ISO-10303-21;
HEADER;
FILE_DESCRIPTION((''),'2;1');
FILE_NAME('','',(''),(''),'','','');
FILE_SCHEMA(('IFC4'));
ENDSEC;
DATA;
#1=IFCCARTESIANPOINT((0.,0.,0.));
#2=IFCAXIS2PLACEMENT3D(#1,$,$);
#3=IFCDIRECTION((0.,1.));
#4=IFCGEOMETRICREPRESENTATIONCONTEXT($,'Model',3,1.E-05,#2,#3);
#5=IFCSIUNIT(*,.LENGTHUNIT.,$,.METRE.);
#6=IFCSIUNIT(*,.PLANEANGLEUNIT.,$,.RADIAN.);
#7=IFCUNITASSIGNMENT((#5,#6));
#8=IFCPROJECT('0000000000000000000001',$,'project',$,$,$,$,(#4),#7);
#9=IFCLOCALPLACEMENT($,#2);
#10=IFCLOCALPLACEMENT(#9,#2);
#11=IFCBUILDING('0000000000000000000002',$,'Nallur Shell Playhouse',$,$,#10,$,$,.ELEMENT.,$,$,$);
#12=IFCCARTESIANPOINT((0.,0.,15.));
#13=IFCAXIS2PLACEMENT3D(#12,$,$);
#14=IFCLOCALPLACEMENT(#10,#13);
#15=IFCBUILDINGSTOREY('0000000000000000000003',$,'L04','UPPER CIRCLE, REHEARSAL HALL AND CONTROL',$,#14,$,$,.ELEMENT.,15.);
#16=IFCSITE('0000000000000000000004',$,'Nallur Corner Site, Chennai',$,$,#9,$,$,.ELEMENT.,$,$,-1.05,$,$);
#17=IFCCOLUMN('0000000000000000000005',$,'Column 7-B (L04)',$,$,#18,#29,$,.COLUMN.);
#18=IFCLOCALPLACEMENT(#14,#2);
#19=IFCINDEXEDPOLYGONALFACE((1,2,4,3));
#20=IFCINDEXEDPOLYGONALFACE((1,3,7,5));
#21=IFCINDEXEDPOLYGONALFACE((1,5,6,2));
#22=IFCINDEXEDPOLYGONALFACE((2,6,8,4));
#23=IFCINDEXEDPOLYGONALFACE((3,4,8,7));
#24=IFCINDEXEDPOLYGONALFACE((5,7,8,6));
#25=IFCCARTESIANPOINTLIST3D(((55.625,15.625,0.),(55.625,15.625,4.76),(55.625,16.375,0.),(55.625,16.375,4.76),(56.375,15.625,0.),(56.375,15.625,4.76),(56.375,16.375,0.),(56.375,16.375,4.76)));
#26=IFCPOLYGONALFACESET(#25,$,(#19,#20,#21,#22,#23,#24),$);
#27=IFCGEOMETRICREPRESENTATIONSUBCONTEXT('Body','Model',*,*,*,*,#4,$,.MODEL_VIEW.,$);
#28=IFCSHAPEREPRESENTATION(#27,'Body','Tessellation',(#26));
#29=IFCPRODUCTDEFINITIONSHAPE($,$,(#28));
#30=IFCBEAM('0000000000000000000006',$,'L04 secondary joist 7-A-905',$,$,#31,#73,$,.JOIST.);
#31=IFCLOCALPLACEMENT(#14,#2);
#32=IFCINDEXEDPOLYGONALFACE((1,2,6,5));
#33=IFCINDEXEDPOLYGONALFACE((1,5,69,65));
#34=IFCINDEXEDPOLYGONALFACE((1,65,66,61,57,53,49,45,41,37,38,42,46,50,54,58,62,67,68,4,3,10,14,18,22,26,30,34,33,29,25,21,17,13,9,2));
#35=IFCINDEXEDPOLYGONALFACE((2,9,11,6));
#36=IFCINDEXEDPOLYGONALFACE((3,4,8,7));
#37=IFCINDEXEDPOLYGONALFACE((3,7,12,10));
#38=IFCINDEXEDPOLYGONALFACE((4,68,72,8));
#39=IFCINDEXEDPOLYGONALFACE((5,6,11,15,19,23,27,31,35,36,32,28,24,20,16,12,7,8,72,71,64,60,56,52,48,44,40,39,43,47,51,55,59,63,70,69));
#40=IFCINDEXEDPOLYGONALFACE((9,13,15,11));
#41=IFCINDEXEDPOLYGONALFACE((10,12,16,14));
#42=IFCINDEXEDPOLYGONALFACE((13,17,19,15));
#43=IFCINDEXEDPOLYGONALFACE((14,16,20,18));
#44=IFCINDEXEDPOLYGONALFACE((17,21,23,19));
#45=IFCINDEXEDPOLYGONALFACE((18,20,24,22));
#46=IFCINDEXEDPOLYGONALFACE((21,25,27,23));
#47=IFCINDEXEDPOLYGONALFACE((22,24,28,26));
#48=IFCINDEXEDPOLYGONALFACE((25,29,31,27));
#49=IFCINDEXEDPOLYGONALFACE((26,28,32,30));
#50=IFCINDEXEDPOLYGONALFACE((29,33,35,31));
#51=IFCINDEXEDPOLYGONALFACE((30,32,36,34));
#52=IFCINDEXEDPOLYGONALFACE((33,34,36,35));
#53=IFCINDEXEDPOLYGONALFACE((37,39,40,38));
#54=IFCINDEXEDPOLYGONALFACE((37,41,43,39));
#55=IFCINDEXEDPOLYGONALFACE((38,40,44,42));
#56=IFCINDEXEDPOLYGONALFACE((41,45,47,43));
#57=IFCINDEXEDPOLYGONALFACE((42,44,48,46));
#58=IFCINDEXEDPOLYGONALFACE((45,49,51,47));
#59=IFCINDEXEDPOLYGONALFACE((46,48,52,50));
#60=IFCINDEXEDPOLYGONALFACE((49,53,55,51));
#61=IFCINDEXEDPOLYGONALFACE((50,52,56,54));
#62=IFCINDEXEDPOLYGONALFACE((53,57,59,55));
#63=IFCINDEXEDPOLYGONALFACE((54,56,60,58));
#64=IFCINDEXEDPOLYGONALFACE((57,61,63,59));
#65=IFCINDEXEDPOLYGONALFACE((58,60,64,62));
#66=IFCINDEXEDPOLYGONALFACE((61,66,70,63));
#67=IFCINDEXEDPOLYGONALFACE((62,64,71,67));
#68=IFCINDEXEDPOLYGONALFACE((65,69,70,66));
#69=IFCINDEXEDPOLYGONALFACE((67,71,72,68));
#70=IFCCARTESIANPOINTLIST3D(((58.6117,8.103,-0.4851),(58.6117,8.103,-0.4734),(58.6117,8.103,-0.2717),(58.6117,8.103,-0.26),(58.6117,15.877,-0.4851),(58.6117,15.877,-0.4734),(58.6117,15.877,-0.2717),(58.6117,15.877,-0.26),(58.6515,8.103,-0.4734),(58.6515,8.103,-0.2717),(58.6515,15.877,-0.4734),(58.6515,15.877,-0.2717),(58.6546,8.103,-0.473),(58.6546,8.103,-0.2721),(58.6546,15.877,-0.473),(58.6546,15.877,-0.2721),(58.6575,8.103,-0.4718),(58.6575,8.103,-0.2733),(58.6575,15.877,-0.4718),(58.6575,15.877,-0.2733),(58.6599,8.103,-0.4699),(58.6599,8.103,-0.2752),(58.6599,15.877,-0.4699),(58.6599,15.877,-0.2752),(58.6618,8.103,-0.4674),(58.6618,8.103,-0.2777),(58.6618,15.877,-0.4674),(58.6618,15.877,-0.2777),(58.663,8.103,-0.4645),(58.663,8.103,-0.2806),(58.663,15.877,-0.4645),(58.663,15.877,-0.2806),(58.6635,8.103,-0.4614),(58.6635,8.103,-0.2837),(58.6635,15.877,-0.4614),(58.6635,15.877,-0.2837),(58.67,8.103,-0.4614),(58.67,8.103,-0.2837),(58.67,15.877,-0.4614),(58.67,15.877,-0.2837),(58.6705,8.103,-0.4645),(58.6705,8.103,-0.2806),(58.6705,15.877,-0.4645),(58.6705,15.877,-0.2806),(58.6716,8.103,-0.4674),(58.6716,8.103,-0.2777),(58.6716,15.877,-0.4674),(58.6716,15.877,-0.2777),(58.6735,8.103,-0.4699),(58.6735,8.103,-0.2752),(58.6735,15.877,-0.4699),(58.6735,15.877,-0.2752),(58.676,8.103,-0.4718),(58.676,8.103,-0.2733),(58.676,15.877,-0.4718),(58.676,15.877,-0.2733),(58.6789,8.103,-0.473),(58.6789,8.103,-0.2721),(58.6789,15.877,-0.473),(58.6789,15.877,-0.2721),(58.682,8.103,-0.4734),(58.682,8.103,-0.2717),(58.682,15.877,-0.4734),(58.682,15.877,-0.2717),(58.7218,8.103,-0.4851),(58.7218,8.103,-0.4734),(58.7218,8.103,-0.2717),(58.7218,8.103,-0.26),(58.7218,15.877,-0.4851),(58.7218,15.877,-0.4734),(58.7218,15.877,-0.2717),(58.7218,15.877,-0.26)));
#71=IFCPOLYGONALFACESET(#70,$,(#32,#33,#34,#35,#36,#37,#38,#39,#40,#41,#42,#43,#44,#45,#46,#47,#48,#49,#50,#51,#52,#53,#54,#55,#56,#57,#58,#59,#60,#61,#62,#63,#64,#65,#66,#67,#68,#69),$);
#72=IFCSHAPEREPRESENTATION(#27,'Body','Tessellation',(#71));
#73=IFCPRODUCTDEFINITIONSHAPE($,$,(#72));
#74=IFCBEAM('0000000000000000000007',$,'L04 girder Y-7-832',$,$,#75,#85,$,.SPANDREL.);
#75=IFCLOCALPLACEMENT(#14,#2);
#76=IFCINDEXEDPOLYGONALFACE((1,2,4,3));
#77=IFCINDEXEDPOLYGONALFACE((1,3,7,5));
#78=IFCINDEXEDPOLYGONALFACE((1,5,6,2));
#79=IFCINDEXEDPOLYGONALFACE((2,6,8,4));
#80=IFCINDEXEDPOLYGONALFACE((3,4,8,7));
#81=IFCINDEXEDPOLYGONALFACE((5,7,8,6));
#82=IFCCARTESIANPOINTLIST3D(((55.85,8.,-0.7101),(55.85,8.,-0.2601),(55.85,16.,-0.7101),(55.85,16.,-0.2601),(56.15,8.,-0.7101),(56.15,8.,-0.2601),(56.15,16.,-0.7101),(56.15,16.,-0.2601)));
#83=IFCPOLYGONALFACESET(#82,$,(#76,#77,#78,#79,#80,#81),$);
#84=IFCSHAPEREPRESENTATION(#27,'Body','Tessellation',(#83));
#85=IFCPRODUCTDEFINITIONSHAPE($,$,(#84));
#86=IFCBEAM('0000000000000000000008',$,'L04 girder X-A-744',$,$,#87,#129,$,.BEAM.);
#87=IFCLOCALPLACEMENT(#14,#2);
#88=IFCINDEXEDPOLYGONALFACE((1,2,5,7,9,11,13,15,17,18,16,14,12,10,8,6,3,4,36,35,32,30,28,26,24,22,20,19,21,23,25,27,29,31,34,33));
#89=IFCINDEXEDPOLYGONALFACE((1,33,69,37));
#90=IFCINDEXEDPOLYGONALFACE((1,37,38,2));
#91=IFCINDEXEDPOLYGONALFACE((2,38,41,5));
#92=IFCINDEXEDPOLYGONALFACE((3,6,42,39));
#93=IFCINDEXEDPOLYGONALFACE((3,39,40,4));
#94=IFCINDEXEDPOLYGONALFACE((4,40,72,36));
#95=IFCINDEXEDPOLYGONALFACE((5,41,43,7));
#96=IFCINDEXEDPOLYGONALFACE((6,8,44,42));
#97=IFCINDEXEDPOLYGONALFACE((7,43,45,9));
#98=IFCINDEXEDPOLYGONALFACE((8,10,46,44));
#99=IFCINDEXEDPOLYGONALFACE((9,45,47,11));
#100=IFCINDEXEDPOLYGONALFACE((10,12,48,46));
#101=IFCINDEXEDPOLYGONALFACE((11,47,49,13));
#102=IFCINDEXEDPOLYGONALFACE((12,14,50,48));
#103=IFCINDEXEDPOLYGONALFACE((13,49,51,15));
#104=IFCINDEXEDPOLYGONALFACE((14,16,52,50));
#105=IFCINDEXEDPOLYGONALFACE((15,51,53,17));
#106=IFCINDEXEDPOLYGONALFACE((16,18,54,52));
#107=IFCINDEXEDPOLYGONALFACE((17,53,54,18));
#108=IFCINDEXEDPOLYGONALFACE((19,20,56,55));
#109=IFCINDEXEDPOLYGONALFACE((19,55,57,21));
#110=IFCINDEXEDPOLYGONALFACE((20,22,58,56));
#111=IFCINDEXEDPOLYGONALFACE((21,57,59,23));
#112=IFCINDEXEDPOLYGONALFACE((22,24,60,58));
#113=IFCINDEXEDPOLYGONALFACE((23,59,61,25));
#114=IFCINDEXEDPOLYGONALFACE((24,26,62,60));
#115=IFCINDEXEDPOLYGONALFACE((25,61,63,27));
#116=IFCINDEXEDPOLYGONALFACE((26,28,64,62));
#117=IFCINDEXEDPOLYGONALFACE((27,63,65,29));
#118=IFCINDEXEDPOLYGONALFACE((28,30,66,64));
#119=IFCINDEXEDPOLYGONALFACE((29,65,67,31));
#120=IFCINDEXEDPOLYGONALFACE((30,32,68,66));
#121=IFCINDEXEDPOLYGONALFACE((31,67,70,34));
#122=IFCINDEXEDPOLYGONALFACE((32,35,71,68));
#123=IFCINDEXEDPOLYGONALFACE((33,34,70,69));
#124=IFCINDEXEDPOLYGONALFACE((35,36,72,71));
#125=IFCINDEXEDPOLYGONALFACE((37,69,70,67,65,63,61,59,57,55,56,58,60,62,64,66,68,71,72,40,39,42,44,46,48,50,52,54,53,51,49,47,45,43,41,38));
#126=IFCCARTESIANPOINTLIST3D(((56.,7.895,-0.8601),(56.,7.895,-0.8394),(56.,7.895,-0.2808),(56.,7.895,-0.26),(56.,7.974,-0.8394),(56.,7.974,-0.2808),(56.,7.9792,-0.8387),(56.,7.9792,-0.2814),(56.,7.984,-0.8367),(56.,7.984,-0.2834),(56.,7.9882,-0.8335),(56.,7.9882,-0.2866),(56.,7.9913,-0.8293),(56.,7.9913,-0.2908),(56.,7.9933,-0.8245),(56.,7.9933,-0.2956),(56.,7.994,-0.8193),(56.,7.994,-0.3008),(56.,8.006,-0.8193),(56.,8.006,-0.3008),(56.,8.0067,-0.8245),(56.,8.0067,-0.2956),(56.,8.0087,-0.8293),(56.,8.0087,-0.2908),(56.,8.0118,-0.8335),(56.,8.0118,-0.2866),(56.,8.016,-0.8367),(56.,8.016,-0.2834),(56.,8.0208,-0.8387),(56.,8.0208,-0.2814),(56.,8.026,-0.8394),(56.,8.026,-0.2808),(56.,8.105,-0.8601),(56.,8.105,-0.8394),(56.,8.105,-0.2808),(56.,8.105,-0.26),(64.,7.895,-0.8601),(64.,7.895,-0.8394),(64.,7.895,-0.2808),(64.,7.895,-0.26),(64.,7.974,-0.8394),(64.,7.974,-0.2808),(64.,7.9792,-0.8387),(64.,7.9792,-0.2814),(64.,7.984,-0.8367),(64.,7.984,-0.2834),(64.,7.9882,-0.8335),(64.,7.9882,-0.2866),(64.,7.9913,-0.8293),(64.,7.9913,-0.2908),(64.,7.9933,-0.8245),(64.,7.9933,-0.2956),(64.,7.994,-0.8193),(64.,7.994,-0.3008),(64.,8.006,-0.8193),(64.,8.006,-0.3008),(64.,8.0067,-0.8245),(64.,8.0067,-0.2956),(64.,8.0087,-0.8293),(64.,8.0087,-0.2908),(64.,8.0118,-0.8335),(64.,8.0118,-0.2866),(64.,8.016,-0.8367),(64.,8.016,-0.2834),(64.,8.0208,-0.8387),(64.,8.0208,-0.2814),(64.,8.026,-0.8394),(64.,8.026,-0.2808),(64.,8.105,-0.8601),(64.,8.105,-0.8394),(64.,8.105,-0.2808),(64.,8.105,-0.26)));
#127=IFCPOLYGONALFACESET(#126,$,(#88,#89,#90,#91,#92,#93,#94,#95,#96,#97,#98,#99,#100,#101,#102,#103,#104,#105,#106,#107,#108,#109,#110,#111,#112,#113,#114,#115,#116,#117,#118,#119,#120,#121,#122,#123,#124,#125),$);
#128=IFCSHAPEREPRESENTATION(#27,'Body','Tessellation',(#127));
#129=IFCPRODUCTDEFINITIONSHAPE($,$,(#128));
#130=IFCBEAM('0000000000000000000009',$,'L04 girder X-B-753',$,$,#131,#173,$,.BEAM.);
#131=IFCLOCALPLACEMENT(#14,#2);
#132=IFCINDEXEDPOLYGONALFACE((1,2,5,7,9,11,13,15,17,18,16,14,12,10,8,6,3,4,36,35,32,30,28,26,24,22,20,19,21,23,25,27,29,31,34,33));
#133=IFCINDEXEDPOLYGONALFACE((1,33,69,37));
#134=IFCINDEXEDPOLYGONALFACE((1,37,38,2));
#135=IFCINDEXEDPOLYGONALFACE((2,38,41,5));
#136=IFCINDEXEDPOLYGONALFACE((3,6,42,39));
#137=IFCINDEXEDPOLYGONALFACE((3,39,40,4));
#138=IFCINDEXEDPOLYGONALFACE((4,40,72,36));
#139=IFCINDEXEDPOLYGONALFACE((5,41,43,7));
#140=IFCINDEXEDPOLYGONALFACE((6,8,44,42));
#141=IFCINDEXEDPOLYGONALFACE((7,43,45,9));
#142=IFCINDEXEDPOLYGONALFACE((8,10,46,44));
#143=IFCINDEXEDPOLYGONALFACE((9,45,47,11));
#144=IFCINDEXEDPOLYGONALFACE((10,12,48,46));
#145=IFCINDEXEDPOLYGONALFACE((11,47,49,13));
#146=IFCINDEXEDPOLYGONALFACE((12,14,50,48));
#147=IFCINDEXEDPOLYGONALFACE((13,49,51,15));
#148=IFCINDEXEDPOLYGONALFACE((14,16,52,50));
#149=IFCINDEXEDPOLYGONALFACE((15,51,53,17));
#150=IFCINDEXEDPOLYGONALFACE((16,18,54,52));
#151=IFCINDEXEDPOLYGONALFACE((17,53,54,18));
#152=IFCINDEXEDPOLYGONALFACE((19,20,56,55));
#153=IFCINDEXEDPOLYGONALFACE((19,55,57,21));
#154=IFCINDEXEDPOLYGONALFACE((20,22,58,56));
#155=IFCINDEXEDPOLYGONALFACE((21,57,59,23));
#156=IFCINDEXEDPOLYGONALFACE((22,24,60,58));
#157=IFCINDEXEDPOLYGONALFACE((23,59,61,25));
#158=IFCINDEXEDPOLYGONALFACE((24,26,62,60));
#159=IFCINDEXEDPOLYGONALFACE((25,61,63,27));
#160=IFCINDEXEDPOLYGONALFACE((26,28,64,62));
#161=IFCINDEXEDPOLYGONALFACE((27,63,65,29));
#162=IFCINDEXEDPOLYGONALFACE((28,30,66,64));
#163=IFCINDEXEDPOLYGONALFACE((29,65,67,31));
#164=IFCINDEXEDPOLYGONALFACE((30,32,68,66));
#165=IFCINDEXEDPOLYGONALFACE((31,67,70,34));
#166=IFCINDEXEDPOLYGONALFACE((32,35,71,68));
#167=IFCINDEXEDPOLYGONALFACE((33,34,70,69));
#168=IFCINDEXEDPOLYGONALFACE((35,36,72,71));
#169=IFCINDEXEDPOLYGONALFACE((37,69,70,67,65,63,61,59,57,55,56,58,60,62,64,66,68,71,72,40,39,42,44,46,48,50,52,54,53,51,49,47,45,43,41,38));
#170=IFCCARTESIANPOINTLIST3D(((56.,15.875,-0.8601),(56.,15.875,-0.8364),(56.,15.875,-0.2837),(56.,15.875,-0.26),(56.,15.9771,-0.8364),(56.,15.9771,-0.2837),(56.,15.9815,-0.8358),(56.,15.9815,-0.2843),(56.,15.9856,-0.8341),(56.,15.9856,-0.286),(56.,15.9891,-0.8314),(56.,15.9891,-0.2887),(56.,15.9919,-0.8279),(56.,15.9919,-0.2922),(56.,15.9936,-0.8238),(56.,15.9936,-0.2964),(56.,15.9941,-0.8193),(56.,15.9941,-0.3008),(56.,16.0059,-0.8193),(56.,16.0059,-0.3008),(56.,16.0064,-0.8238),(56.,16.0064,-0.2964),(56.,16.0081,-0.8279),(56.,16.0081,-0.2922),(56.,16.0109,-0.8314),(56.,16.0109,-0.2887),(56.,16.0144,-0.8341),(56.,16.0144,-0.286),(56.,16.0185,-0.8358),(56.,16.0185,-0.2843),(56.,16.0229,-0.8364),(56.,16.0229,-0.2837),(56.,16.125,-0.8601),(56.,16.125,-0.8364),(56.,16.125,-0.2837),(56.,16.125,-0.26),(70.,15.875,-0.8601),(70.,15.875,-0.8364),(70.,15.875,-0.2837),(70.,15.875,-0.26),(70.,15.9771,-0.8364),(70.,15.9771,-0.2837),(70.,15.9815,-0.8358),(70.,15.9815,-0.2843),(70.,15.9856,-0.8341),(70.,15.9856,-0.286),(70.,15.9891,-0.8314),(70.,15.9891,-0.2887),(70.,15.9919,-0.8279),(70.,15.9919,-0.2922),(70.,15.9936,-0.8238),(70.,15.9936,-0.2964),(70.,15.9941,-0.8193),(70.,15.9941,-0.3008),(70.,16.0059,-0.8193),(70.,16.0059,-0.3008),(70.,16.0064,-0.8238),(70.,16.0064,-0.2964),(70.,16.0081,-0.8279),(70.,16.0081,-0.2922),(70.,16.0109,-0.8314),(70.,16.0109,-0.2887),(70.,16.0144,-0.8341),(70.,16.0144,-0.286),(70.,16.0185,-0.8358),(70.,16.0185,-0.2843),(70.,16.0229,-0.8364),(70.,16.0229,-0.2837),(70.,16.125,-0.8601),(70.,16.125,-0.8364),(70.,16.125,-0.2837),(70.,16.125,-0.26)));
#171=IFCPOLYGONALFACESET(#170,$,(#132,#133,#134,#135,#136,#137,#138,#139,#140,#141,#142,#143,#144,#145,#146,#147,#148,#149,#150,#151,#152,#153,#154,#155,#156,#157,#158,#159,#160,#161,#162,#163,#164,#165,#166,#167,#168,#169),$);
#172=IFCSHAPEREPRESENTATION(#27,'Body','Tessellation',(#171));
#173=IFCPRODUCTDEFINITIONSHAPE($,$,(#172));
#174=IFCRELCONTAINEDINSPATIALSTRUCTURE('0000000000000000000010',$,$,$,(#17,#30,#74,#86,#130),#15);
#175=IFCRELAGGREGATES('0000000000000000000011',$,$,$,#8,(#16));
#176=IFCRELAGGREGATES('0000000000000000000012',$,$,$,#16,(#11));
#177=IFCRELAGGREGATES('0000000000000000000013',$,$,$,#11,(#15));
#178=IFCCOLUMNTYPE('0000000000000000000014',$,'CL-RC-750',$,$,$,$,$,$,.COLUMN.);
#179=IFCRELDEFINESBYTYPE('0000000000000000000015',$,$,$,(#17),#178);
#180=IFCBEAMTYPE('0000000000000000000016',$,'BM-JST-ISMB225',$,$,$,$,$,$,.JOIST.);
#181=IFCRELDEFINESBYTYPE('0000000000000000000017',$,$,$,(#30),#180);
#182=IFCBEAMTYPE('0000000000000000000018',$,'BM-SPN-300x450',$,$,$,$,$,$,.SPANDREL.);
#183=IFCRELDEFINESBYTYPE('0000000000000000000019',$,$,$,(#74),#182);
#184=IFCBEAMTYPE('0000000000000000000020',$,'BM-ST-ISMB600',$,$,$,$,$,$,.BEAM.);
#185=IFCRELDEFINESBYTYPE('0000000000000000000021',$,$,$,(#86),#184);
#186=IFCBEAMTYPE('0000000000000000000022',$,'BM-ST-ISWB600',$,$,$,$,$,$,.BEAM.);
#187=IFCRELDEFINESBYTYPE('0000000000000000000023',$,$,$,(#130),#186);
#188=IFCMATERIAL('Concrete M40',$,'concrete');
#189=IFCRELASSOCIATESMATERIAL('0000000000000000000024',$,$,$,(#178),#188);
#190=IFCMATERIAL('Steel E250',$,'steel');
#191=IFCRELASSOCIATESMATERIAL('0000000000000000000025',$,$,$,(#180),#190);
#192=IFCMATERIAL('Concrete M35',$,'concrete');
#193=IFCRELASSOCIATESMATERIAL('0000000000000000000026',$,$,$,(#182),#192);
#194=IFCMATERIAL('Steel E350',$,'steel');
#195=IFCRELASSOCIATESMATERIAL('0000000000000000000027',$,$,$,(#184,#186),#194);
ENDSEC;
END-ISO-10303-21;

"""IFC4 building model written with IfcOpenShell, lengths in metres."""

from ifc_helpers import new_model, si_unit, direction, frame, origin, origin_2d, place, context, subcontext, project, spatial, rectangle, i_section, extrude, material, material_profile, profile_set, type_object, element, save


model = new_model("IFC4")

# Units and contexts
model_context = context("Model", 3, precision=1e-05, world=origin(), true_north=direction((0.0, 1.0)))
body_context = subcontext(model_context, "Body", "Model", "MODEL_VIEW")
ifc_project = project(units=[si_unit("LENGTHUNIT", "METRE"), si_unit("PLANEANGLEUNIT", "RADIAN")], contexts=[model_context])

# Site, building, storey
site_placement = place(None, origin())
site = spatial("IfcSite", under=ifc_project, at=site_placement, Name="Nallur Corner Site, Chennai", CompositionType="ELEMENT", RefElevation=-1.05)
building_placement = place(site_placement, origin())
building = spatial("IfcBuilding", under=site, at=building_placement, Name="Nallur Shell Playhouse", CompositionType="ELEMENT")
storey_placement = place(building_placement, frame((0.0, 0.0, 15.0)))
storey = spatial("IfcBuildingStorey", under=building, at=storey_placement, Name="L04", Description="UPPER CIRCLE, REHEARSAL HALL AND CONTROL", CompositionType="ELEMENT", Elevation=15.0)

# Column
ifc_material_1 = material(Name="Concrete M40", Category="concrete")
ifc_material_profile_1 = material_profile(ifc_material_1, rectangle(XDim=0.75, YDim=0.75, at=origin_2d()), Name="RC 750x750")
ifc_profile_set_1 = profile_set([ifc_material_profile_1], Name="Concrete M40")
column_type = type_object("IfcColumnType", Name="CL-RC-750", PredefinedType="COLUMN", material=ifc_profile_set_1)
column_placement = place(storey_placement, frame((56.0, 16.0, 0.0), z_axis=(0.0, 0.0, 1.0), x_axis=(1.0, 0.0, 0.0)))
element("IfcColumn", 1, at=column_placement, inside=storey, type_object=column_type, Name="Column 7-B (L04)", PredefinedType="COLUMN", context=body_context, shape_type="SweptSolid", body=[
    extrude(rectangle(XDim=0.75, YDim=0.75, at=origin_2d()), origin(), (0.0, 0.0, 1.0), 4.76),
])

# Beams
ifc_material_2 = material(Name="Steel E250", Category="steel")
ifc_material_profile_2 = material_profile(ifc_material_2, i_section(OverallWidth=0.1101, OverallDepth=0.2251, WebThickness=0.0066, FlangeThickness=0.0117, FilletRadius=0.012, at=origin_2d()), Name="ISMB 225")
ifc_profile_set_2 = profile_set([ifc_material_profile_2], Name="Steel E250")
beam_type_1 = type_object("IfcBeamType", Name="BM-JST-ISMB225", PredefinedType="JOIST", material=ifc_profile_set_2)
beam_1_placement = place(storey_placement, frame((58.6667, 8.103, -0.3726), z_axis=(0.0, 1.0, 0.0), x_axis=(-1.0, 0.0, 0.0)))
element("IfcBeam", 2, at=beam_1_placement, inside=storey, type_object=beam_type_1, Name="L04 secondary joist 7-A-905", PredefinedType="JOIST", context=body_context, shape_type="SweptSolid", body=[
    extrude(i_section(OverallWidth=0.1101, OverallDepth=0.2251, WebThickness=0.0066, FlangeThickness=0.0117, FilletRadius=0.012, at=origin_2d()), origin(), (0.0, 0.0, 1.0), 7.7739),
])
ifc_material_3 = material(Name="Concrete M35", Category="concrete")
ifc_material_profile_3 = material_profile(ifc_material_3, rectangle(XDim=0.3, YDim=0.45, at=origin_2d()), Name="RC 300x450")
ifc_profile_set_3 = profile_set([ifc_material_profile_3], Name="Concrete M35")
beam_type_2 = type_object("IfcBeamType", Name="BM-SPN-300x450", PredefinedType="SPANDREL", material=ifc_profile_set_3)
beam_2_placement = place(storey_placement, frame((56.0, 8.0, -0.4851), z_axis=(0.0, 1.0, 0.0), x_axis=(-1.0, 0.0, 0.0)))
element("IfcBeam", 3, at=beam_2_placement, inside=storey, type_object=beam_type_2, Name="L04 girder Y-7-832", PredefinedType="SPANDREL", context=body_context, shape_type="SweptSolid", body=[
    extrude(rectangle(XDim=0.3, YDim=0.45, at=origin_2d()), origin(), (0.0, 0.0, 1.0), 8.0),
])
ifc_material_4 = material(Name="Steel E350", Category="steel")
ifc_material_profile_4 = material_profile(ifc_material_4, i_section(OverallWidth=0.21, OverallDepth=0.6001, WebThickness=0.012, FlangeThickness=0.0208, FilletRadius=0.02, at=origin_2d()), Name="ISMB 600")
ifc_profile_set_4 = profile_set([ifc_material_profile_4], Name="Steel E350")
beam_type_3 = type_object("IfcBeamType", Name="BM-ST-ISMB600", PredefinedType="BEAM", material=ifc_profile_set_4)
beam_3_placement = place(storey_placement, frame((56.0, 8.0, -0.5601), z_axis=(1.0, 0.0, 0.0), x_axis=(0.0, 1.0, 0.0)))
element("IfcBeam", 4, at=beam_3_placement, inside=storey, type_object=beam_type_3, Name="L04 girder X-A-744", PredefinedType="BEAM", context=body_context, shape_type="SweptSolid", body=[
    extrude(i_section(OverallWidth=0.21, OverallDepth=0.6001, WebThickness=0.012, FlangeThickness=0.0208, FilletRadius=0.02, at=origin_2d()), origin(), (0.0, 0.0, 1.0), 8.0),
])
ifc_material_profile_5 = material_profile(ifc_material_4, i_section(OverallWidth=0.25, OverallDepth=0.6001, WebThickness=0.0117, FlangeThickness=0.0237, FilletRadius=0.0171, at=origin_2d()), Name="ISWB 600")
ifc_profile_set_5 = profile_set([ifc_material_profile_5], Name="Steel E350")
beam_type_4 = type_object("IfcBeamType", Name="BM-ST-ISWB600", PredefinedType="BEAM", material=ifc_profile_set_5)
beam_4_placement = place(storey_placement, frame((56.0, 16.0, -0.5601), z_axis=(1.0, 0.0, 0.0), x_axis=(0.0, 1.0, 0.0)))
element("IfcBeam", 5, at=beam_4_placement, inside=storey, type_object=beam_type_4, Name="L04 girder X-B-753", PredefinedType="BEAM", context=body_context, shape_type="SweptSolid", body=[
    extrude(i_section(OverallWidth=0.25, OverallDepth=0.6001, WebThickness=0.0117, FlangeThickness=0.0237, FilletRadius=0.0171, at=origin_2d()), origin(), (0.0, 0.0, 1.0), 14.0),
])

save(model, "model.ifc")
